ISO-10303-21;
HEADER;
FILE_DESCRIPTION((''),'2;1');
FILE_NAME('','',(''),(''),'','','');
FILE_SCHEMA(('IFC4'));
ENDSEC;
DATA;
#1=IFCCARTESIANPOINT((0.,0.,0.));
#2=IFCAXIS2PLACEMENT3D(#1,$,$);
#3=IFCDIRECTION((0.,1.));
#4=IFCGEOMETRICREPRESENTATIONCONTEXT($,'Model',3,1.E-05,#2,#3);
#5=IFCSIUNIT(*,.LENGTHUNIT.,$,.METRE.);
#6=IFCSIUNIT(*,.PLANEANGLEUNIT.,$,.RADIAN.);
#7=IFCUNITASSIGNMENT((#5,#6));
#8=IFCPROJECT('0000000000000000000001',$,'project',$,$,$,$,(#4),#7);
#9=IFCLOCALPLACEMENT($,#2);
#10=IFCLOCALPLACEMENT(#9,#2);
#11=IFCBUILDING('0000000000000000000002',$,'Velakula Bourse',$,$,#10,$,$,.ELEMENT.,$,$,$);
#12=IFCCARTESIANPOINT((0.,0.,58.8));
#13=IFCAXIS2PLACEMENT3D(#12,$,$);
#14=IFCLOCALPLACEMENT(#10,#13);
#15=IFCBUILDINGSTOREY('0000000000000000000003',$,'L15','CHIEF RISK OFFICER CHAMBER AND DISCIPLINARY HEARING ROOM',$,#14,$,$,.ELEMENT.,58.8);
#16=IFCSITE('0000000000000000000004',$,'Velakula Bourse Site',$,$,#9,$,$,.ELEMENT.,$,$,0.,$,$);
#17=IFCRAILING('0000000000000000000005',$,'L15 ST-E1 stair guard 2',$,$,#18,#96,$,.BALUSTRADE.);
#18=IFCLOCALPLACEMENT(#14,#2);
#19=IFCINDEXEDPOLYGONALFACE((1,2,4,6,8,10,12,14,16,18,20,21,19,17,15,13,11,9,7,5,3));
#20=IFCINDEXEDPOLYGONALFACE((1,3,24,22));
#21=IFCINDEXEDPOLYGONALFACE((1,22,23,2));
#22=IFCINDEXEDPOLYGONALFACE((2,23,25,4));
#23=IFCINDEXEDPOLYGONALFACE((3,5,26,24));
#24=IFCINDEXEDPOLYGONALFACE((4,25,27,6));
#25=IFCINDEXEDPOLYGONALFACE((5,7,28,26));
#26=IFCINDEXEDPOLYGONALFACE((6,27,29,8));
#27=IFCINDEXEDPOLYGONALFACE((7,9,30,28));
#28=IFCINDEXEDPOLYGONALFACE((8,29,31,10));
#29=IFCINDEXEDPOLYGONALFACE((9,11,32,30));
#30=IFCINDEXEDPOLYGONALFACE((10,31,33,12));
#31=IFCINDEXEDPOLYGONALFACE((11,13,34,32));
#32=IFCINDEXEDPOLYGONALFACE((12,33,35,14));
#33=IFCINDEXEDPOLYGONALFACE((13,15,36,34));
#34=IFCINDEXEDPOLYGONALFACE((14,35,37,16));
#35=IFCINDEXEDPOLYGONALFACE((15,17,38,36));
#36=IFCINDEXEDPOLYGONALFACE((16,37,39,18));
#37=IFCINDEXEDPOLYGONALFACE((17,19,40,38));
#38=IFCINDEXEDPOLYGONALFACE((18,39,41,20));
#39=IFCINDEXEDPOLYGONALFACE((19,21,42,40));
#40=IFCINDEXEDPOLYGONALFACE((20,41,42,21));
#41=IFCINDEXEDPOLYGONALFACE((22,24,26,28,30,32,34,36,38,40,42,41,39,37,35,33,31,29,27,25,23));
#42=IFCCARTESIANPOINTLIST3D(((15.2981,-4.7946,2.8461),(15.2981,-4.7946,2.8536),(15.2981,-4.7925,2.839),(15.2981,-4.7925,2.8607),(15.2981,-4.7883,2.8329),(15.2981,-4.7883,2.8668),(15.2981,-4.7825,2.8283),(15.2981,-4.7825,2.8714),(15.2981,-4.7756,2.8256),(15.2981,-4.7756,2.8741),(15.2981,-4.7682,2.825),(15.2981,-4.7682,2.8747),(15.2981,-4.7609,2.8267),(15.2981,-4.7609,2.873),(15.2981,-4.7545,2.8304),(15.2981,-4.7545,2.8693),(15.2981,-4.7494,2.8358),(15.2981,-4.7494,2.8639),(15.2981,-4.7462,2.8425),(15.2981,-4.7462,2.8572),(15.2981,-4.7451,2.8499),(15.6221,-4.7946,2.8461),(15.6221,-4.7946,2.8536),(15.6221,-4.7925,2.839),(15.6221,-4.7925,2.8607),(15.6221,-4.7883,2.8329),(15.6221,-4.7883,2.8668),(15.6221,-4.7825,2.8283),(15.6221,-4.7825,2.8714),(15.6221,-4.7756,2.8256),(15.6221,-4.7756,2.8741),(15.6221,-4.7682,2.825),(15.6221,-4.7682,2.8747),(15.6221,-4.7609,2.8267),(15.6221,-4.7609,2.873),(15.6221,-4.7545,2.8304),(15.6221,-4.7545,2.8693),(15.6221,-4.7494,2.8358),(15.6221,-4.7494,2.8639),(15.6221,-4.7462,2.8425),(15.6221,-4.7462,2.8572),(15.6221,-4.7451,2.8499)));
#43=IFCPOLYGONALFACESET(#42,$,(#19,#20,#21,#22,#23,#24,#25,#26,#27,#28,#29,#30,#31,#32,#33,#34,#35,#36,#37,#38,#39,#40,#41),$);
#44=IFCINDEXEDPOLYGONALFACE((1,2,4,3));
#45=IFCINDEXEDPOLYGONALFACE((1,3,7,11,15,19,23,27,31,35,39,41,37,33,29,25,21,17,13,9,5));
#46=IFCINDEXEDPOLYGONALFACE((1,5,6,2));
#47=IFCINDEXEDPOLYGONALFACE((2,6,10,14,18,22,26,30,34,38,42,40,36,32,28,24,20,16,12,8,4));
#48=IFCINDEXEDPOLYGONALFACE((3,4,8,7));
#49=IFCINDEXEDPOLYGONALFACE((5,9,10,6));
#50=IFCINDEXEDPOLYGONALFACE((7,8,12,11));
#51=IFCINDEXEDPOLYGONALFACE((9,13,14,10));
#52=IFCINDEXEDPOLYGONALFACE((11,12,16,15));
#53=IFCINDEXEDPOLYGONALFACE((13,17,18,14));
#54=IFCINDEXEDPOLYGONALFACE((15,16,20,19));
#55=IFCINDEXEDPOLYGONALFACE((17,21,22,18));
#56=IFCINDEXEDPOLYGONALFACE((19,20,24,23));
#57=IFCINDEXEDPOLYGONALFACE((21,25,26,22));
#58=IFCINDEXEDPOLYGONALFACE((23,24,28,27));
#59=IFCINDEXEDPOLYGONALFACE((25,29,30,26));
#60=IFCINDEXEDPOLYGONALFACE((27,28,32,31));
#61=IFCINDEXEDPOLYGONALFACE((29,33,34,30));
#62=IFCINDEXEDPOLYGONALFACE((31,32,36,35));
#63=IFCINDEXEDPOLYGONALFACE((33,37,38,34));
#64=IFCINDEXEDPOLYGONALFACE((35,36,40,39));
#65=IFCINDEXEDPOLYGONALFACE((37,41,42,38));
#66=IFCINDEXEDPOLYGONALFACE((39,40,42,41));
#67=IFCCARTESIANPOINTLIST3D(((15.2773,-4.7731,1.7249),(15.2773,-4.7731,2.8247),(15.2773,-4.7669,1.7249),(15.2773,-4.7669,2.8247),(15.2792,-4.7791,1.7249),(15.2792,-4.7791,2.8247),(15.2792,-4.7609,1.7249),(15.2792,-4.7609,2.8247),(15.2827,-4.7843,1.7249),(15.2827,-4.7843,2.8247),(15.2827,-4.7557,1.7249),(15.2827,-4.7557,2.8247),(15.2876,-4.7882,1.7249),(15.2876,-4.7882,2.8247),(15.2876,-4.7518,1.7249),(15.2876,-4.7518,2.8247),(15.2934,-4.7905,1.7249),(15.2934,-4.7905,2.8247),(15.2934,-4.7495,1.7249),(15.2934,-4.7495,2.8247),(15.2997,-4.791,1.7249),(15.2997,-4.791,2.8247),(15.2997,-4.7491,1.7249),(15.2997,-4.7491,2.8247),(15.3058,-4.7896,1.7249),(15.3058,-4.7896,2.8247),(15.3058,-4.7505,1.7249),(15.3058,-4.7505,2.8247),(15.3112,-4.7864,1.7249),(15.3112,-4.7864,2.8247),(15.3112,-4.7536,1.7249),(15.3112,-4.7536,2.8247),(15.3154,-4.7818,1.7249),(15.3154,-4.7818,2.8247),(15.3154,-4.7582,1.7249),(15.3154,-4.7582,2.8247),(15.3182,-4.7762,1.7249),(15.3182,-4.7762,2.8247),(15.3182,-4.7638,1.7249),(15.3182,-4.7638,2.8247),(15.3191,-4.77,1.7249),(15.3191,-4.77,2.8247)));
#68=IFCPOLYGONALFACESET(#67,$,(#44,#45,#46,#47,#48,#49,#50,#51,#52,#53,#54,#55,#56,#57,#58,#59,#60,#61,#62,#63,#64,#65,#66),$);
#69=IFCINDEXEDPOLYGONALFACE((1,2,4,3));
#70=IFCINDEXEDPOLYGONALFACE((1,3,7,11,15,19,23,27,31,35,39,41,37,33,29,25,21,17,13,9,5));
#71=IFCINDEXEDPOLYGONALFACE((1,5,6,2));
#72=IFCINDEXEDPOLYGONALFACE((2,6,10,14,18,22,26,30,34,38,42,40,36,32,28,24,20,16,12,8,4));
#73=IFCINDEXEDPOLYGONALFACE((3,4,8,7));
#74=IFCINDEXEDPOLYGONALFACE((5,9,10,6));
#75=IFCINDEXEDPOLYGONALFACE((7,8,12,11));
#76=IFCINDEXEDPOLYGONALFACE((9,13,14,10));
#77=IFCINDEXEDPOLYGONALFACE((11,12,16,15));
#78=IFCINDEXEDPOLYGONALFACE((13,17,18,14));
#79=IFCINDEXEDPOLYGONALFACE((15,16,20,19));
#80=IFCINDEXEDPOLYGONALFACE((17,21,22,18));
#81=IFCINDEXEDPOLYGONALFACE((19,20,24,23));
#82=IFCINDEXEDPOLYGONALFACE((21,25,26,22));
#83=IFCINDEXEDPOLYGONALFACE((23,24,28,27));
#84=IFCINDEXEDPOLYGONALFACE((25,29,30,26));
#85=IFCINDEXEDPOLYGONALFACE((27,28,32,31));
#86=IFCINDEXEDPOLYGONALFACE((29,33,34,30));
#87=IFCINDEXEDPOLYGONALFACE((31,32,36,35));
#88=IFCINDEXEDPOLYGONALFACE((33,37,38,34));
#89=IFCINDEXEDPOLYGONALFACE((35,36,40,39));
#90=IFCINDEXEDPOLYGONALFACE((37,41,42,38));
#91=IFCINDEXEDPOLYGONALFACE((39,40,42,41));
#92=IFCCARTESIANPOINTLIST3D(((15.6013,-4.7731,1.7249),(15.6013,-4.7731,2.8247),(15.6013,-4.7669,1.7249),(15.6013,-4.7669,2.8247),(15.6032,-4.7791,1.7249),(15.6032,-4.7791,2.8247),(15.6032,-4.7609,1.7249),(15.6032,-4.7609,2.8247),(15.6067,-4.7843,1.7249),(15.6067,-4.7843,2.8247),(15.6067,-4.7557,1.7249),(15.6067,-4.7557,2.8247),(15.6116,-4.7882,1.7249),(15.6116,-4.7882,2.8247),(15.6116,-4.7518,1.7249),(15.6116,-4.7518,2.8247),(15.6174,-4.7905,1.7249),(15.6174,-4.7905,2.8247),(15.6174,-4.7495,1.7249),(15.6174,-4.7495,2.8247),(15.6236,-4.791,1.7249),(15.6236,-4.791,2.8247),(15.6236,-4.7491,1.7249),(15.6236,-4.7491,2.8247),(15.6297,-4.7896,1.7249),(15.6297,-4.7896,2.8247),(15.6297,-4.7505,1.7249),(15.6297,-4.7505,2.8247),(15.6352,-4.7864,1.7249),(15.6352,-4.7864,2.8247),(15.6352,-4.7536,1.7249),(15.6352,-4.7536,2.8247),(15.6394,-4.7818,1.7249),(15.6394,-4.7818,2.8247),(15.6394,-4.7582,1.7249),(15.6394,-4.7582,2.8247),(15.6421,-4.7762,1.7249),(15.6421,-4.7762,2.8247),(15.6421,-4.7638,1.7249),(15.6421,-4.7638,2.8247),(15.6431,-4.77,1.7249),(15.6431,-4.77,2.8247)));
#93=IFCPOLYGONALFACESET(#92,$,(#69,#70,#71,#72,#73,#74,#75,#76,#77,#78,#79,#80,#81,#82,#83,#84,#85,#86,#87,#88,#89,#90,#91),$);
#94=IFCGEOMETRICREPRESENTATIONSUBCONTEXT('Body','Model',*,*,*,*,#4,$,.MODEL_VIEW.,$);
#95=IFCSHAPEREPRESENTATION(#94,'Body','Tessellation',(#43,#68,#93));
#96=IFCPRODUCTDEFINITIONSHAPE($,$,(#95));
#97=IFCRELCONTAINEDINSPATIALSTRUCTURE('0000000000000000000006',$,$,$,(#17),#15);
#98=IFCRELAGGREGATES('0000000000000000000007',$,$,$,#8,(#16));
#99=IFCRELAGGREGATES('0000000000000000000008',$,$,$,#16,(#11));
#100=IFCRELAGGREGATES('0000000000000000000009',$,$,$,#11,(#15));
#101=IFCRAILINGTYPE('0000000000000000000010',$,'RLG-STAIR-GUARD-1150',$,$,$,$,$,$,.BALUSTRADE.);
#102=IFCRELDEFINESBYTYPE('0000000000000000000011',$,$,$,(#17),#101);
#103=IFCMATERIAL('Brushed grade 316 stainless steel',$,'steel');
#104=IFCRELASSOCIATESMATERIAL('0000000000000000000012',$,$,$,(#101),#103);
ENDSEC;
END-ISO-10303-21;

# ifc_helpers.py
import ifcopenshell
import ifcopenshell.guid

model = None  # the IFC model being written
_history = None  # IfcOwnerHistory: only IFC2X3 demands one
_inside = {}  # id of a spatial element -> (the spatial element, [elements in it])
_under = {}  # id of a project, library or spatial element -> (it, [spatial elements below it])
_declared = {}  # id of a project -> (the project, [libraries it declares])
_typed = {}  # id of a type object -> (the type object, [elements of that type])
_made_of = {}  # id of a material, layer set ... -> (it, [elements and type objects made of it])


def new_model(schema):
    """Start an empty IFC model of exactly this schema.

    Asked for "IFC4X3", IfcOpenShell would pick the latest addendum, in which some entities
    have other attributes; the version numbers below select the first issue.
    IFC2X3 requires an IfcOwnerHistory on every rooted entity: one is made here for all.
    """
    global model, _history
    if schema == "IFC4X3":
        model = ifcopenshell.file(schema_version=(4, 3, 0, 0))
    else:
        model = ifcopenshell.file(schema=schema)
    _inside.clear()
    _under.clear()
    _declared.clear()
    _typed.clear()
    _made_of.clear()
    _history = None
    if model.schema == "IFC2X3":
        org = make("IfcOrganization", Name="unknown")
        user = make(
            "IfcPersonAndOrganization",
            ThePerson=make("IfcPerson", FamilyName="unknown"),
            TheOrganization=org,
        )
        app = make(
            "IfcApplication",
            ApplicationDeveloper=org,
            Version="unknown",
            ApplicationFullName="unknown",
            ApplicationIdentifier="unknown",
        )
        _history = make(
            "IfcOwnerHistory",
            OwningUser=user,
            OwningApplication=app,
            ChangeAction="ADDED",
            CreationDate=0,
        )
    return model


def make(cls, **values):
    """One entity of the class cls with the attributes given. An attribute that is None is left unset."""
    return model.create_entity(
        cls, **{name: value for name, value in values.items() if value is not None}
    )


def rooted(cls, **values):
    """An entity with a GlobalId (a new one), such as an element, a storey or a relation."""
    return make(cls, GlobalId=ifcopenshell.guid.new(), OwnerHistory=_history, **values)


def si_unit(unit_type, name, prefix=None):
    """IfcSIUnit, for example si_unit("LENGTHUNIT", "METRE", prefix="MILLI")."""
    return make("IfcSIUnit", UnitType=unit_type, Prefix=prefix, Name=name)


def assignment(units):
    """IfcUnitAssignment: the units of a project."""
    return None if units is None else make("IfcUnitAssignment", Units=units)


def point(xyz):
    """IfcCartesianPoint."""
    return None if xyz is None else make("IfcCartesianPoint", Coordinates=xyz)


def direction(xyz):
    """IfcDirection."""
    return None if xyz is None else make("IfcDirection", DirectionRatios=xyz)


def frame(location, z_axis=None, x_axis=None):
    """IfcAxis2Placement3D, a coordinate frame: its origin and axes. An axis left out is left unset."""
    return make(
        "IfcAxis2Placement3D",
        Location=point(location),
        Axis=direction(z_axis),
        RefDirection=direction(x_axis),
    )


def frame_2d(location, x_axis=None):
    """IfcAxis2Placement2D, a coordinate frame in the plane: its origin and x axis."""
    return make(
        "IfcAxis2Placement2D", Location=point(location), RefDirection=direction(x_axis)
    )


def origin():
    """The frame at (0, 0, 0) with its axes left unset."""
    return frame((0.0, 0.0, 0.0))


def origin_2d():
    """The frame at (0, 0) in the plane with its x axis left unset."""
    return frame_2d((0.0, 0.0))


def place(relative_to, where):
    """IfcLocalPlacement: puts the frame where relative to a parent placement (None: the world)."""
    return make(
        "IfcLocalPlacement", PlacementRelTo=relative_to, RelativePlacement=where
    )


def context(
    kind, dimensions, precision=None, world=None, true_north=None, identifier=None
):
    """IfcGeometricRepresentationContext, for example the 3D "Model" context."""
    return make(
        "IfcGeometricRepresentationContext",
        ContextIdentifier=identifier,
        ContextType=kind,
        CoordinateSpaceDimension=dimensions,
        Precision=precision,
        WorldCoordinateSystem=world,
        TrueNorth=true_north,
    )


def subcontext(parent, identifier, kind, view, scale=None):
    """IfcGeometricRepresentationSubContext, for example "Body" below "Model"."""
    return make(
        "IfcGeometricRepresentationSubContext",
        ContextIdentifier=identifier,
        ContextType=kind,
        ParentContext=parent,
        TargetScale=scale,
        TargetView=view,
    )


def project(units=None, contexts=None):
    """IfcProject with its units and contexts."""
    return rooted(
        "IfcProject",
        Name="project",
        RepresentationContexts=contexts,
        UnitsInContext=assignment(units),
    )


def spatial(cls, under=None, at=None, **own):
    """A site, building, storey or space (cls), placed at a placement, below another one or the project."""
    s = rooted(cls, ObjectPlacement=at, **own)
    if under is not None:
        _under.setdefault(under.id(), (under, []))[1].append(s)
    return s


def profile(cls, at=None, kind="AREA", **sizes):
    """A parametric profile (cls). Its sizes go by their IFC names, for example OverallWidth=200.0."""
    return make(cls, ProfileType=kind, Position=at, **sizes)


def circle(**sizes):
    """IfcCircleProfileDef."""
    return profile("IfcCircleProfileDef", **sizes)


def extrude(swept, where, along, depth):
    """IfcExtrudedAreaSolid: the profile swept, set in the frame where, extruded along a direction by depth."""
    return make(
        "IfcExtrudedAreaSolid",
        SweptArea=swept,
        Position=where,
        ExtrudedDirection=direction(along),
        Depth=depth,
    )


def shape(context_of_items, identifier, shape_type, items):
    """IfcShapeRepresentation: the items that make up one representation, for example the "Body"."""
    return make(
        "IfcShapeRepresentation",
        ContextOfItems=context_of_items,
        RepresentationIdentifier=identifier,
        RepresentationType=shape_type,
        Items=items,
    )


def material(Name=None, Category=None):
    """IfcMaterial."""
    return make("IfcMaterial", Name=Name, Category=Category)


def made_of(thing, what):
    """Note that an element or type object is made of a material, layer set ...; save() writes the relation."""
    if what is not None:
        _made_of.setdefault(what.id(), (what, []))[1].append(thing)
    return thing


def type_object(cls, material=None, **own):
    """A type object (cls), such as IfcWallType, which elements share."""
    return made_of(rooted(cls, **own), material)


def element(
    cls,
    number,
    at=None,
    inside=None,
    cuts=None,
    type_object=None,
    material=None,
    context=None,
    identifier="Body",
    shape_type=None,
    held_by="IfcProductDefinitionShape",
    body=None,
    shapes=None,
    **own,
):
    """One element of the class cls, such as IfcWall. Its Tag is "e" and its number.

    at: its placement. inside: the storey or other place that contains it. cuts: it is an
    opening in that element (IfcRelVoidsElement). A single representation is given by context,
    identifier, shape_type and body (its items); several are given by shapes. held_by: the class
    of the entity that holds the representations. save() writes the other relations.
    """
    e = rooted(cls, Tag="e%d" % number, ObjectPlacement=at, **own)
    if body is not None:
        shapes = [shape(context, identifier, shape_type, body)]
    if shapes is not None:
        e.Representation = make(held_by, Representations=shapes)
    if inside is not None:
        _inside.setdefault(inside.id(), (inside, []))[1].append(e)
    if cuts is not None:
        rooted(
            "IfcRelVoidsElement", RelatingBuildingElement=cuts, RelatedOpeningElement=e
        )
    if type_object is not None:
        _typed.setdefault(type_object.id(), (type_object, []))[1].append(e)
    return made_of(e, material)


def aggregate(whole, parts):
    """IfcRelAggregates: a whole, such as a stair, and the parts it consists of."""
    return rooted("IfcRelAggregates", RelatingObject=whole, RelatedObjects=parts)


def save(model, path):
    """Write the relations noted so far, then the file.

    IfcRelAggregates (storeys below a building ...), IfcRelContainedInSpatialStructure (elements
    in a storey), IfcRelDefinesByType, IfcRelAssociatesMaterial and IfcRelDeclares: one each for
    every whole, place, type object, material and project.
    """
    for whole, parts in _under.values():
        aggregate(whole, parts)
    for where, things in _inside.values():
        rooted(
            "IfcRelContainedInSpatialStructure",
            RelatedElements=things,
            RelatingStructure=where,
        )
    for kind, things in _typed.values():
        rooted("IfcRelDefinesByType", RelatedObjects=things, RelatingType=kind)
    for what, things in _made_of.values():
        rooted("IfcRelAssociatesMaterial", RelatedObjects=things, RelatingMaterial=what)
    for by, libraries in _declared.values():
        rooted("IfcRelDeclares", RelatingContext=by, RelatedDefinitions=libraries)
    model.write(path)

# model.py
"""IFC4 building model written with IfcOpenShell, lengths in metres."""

from ifc_helpers import new_model, si_unit, direction, frame, origin, origin_2d, place, context, subcontext, project, spatial, circle, extrude, material, type_object, element, save


model = new_model("IFC4")

# Units and contexts
model_context = context("Model", 3, precision=1e-05, world=origin(), true_north=direction((0.0, 1.0)))
body_context = subcontext(model_context, "Body", "Model", "MODEL_VIEW")
ifc_project = project(units=[si_unit("LENGTHUNIT", "METRE"), si_unit("PLANEANGLEUNIT", "RADIAN")], contexts=[model_context])

# Site, building, storey
site_placement = place(None, origin())
site = spatial("IfcSite", under=ifc_project, at=site_placement, Name="Velakula Bourse Site", CompositionType="ELEMENT", RefElevation=0.0)
building_placement = place(site_placement, origin())
building = spatial("IfcBuilding", under=site, at=building_placement, Name="Velakula Bourse", CompositionType="ELEMENT")
storey_placement = place(building_placement, frame((0.0, 0.0, 58.8)))
storey = spatial("IfcBuildingStorey", under=building, at=storey_placement, Name="L15", Description="CHIEF RISK OFFICER CHAMBER AND DISCIPLINARY HEARING ROOM", CompositionType="ELEMENT", Elevation=58.8)

# Shared definitions
ifc_material_1 = material(Name="Brushed grade 316 stainless steel", Category="steel")

# Railing
railing_type_1 = type_object("IfcRailingType", Name="RLG-STAIR-GUARD-1150", PredefinedType="BALUSTRADE", material=ifc_material_1)
railing_1_placement = place(storey_placement, frame((15.2981, -4.77, 1.7249)))
element("IfcRailing", 1, at=railing_1_placement, inside=storey, type_object=railing_type_1, Name="L15 ST-E1 stair guard 2", PredefinedType="BALUSTRADE", context=body_context, shape_type="SweptSolid", body=[
    extrude(circle(Radius=0.0249, at=origin_2d()), frame((0.0, 0.0, 1.125), z_axis=(1.0, 0.0, 0.0), x_axis=(0.0, 1.0, 0.0)), (0.0, 0.0, 1.0), 0.324),
    extrude(circle(Radius=0.021, at=origin_2d()), origin(), (0.0, 0.0, 1.0), 1.0999),
    extrude(circle(Radius=0.021, at=origin_2d()), frame((0.324, 0.0, 0.0)), (0.0, 0.0, 1.0), 1.0999),
])

save(model, "model.ifc")
